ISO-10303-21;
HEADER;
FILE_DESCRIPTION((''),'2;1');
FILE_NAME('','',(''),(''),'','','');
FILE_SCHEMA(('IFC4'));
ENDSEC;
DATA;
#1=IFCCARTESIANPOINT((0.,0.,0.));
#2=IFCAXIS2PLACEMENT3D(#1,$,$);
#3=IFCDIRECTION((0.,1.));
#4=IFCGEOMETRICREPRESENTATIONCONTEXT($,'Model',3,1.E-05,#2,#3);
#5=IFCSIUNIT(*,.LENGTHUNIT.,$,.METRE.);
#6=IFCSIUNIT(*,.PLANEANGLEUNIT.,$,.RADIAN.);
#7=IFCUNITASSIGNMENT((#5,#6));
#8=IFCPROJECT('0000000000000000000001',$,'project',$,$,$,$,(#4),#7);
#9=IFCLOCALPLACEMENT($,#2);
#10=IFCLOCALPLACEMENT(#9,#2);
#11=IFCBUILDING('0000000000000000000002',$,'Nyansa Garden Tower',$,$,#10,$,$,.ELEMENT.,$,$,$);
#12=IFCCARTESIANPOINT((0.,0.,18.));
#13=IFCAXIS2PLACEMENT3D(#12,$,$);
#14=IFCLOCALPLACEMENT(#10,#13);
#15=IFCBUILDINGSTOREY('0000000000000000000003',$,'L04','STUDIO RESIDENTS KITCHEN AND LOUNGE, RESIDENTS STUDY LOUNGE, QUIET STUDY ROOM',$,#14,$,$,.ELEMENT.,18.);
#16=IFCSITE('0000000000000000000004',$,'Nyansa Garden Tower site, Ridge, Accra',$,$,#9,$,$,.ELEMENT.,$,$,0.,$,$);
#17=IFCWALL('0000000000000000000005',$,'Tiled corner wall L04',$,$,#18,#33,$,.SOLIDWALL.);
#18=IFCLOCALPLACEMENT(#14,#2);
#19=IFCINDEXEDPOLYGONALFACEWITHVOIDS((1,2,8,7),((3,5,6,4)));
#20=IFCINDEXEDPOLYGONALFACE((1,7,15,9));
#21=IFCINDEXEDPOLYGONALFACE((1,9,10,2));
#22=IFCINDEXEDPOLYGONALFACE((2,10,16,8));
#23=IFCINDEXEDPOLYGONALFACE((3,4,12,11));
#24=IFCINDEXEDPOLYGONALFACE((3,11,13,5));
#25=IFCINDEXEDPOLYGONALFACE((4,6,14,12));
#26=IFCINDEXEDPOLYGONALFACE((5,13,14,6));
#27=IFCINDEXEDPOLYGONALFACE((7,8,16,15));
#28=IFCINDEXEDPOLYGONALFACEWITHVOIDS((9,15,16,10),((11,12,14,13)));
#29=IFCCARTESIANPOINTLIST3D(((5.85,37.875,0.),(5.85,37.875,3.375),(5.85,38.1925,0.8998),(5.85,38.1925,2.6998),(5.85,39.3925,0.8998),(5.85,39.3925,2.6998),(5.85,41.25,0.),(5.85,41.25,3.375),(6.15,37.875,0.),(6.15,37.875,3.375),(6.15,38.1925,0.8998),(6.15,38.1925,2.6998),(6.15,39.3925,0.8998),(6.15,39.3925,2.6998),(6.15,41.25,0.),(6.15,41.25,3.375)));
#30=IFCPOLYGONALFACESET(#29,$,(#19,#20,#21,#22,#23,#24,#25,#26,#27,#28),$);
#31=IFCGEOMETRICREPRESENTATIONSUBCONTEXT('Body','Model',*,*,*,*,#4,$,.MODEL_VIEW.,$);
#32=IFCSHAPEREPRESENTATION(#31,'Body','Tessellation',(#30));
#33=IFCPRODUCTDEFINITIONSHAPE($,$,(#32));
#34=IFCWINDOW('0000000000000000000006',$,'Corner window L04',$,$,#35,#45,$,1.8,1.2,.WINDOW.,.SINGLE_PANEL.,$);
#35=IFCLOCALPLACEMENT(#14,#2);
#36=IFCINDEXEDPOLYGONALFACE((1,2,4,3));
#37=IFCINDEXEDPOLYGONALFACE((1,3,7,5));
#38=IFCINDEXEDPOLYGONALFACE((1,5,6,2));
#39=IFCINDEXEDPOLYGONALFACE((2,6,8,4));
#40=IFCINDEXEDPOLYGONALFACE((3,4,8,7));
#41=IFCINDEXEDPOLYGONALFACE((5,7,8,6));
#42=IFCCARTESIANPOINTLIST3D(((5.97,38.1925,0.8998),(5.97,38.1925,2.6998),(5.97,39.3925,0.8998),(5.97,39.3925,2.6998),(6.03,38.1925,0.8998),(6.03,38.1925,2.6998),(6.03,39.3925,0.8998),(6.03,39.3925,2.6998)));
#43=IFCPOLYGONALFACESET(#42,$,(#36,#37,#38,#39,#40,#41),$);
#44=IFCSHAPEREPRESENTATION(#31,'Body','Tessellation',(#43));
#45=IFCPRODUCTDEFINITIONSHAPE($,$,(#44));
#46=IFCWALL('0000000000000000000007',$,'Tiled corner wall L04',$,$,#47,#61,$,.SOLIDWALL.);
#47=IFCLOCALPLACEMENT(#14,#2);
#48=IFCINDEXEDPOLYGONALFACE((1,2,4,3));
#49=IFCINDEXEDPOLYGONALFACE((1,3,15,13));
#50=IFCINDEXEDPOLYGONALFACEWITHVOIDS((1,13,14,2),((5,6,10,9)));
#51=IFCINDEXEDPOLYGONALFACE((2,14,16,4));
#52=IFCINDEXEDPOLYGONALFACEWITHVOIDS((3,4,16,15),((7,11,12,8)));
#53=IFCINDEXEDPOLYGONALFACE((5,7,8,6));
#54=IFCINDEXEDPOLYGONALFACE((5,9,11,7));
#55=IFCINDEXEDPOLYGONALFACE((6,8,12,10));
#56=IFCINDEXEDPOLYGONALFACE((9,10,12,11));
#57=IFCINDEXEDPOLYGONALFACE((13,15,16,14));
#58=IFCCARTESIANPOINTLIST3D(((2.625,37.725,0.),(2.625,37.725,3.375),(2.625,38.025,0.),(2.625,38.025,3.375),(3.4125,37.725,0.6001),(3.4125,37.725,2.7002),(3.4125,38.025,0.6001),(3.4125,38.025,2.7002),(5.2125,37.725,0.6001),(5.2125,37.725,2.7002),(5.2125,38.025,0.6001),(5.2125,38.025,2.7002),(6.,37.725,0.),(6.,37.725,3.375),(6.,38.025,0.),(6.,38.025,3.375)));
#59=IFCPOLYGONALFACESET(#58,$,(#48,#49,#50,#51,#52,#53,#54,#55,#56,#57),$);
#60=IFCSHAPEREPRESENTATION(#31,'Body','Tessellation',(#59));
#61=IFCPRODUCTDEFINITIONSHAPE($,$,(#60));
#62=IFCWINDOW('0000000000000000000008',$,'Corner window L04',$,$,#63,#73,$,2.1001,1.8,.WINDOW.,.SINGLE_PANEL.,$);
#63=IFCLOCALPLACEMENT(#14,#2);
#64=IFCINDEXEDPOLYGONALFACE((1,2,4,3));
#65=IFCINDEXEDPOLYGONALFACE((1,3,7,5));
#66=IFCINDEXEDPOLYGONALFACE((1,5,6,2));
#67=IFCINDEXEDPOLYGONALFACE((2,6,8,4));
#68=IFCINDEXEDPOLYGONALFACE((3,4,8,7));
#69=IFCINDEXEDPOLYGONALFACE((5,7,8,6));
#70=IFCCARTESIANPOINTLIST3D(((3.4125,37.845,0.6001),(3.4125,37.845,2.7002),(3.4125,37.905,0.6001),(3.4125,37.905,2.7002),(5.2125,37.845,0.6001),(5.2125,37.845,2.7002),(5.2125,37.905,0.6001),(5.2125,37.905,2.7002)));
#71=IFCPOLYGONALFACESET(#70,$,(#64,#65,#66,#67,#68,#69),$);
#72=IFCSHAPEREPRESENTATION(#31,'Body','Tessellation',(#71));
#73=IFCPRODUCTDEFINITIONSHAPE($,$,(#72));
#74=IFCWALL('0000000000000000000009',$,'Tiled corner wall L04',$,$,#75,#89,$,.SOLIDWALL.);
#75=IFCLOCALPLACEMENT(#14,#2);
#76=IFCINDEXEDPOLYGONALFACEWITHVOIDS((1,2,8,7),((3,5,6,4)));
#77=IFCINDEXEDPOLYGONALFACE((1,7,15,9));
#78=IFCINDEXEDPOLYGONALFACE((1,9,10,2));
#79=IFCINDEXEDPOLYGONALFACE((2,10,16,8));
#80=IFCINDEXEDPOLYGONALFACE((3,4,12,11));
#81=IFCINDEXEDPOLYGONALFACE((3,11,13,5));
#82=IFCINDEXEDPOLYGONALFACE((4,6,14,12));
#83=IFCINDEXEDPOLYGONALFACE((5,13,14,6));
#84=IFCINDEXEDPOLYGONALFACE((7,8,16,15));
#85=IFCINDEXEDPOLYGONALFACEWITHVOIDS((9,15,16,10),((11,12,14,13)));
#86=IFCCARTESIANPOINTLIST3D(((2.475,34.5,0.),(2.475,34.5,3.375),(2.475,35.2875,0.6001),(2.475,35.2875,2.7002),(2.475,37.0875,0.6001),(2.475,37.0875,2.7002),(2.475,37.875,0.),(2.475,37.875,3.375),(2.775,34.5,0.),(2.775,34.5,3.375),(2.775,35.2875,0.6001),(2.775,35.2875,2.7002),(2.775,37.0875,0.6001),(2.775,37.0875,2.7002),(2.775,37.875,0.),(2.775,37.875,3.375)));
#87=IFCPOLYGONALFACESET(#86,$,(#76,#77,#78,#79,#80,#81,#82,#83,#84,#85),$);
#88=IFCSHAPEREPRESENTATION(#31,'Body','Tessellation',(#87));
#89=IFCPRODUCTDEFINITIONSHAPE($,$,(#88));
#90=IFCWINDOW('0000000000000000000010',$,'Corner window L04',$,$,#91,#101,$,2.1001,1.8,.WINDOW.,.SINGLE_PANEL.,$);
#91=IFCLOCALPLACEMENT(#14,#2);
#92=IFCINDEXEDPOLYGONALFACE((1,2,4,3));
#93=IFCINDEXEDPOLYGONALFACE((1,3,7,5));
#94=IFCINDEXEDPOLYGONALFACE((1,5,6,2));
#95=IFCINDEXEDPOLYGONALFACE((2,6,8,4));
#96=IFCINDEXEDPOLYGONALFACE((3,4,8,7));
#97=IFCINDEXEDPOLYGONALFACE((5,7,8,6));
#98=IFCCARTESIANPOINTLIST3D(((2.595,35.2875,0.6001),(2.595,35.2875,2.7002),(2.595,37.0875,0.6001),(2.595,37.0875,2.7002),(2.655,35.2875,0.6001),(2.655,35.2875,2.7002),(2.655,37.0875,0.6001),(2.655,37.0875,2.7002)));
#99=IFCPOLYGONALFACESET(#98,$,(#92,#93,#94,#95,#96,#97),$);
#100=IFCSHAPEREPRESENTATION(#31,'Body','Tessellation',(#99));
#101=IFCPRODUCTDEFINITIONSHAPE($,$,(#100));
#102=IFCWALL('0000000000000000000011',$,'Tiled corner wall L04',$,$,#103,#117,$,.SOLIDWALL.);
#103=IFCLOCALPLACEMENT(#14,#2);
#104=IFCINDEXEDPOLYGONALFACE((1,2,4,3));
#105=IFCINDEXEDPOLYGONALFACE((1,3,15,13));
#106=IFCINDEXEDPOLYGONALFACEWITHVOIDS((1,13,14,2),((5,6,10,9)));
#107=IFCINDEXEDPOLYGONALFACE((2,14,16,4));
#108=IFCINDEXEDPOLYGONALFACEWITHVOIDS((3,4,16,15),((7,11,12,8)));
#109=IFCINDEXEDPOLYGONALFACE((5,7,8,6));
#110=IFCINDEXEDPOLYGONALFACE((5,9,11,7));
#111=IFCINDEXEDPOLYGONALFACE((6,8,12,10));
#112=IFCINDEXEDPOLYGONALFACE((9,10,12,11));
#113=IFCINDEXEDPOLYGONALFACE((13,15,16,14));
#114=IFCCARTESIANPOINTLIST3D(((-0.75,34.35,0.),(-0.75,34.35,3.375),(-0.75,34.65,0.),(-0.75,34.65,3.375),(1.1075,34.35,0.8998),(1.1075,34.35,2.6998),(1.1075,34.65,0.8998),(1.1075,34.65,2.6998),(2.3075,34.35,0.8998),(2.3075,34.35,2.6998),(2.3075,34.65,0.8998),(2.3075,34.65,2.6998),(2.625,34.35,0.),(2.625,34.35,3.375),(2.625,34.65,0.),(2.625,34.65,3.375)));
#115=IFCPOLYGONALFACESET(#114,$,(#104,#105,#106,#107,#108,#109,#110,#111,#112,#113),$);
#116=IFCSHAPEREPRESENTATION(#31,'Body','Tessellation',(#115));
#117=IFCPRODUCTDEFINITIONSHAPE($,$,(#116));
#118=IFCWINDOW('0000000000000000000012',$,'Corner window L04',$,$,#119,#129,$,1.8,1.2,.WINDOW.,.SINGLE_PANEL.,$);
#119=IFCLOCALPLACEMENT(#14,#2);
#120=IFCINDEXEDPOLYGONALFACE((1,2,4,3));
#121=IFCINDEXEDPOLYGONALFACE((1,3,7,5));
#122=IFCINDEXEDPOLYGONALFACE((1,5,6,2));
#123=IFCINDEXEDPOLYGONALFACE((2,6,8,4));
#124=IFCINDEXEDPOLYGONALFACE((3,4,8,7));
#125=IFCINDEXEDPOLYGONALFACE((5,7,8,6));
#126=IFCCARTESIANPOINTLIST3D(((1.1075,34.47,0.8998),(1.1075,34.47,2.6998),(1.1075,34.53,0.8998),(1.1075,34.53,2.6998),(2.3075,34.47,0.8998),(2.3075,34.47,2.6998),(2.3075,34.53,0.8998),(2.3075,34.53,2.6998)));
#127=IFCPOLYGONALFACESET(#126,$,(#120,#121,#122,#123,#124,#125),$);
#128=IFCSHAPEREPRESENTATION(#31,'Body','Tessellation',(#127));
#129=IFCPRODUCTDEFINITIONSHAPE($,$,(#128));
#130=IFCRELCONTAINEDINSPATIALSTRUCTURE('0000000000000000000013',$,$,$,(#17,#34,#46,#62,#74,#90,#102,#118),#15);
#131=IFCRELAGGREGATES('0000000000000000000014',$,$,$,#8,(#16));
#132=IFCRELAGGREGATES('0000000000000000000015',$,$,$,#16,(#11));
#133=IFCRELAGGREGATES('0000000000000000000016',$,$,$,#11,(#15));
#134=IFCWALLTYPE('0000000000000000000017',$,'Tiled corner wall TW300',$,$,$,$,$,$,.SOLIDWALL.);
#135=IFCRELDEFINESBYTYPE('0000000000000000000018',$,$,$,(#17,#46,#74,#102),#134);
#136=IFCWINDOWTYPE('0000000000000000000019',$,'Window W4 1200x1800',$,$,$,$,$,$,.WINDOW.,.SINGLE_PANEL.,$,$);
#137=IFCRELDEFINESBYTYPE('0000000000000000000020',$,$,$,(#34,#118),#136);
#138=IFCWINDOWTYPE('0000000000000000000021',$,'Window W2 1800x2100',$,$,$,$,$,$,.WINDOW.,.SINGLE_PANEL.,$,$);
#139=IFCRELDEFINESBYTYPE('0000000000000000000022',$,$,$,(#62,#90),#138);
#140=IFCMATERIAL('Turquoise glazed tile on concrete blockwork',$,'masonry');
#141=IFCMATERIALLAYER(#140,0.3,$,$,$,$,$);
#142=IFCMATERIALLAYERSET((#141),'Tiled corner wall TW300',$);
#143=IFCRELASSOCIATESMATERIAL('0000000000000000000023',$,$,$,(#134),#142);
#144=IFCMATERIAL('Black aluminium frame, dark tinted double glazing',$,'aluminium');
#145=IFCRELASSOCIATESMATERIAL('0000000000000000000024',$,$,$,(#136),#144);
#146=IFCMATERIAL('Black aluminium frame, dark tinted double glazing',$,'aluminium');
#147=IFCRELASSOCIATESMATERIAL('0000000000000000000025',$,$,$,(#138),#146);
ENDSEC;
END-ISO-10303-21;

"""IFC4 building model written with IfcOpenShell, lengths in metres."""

from ifc_helpers import new_model, si_unit, direction, frame, frame_2d, origin, place, context, subcontext, project, spatial, rectangle, extrude, material, layer, layer_set, type_object, element, fill, save


model = new_model("IFC4")

# Units and contexts
model_context = context("Model", 3, precision=1e-05, world=origin(), true_north=direction((0.0, 1.0)))
body_context = subcontext(model_context, "Body", "Model", "MODEL_VIEW")
ifc_project = project(units=[si_unit("LENGTHUNIT", "METRE"), si_unit("PLANEANGLEUNIT", "RADIAN")], contexts=[model_context])

# Site, building, storey
site_placement = place(None, origin())
site = spatial("IfcSite", under=ifc_project, at=site_placement, Name="Nyansa Garden Tower site, Ridge, Accra", CompositionType="ELEMENT", RefElevation=0.0)
building_placement = place(site_placement, origin())
building = spatial("IfcBuilding", under=site, at=building_placement, Name="Nyansa Garden Tower", CompositionType="ELEMENT")
storey_placement = place(building_placement, frame((0.0, 0.0, 18.0)))
storey = spatial("IfcBuildingStorey", under=building, at=storey_placement, Name="L04", Description="STUDIO RESIDENTS KITCHEN AND LOUNGE, RESIDENTS STUDY LOUNGE, QUIET STUDY ROOM", CompositionType="ELEMENT", Elevation=18.0)

# Walls, openings, windows
ifc_material_1 = material(Name="Turquoise glazed tile on concrete blockwork", Category="masonry")
ifc_layer_1 = layer(ifc_material_1, 0.3)
ifc_layer_set_1 = layer_set([ifc_layer_1], Name="Tiled corner wall TW300")
wall_type_1 = type_object("IfcWallType", Name="Tiled corner wall TW300", PredefinedType="SOLIDWALL", material=ifc_layer_set_1)
wall_1_placement = place(storey_placement, frame((6.0, 41.25, 0.0), z_axis=(0.0, 0.0, 1.0), x_axis=(0.0, -1.0, 0.0)))
wall_1 = element("IfcWall", 1, at=wall_1_placement, inside=storey, type_object=wall_type_1, Name="Tiled corner wall L04", PredefinedType="SOLIDWALL", context=body_context, shape_type="SweptSolid", body=[
    extrude(rectangle(XDim=3.375, YDim=0.3, at=frame_2d((1.6875, 0.0))), origin(), (0.0, 0.0, 1.0), 3.375),
])
opening_1_placement = place(wall_1_placement, frame((1.8574, 0.0, 0.8999)))
opening_1 = element("IfcOpeningElement", 2, at=opening_1_placement, cuts=wall_1, PredefinedType="OPENING", context=body_context, shape_type="SweptSolid", body=[
    extrude(rectangle(XDim=1.2, YDim=1.8, at=frame_2d((0.6001, 0.8999))), frame((0.0, 0.1599, 0.0), z_axis=(0.0, -1.0, 0.0), x_axis=(1.0, 0.0, 0.0)), (0.0, 0.0, 1.0), 0.3201),
])
ifc_material_2 = material(Name="Black aluminium frame, dark tinted double glazing", Category="aluminium")
window_type_1 = type_object("IfcWindowType", Name="Window W4 1200x1800", PartitioningType="SINGLE_PANEL", PredefinedType="WINDOW", material=ifc_material_2)
window_1_placement = place(opening_1_placement, origin())
window_1 = element("IfcWindow", 3, at=window_1_placement, inside=storey, type_object=window_type_1, Name="Corner window L04", OverallHeight=1.8, OverallWidth=1.2, PartitioningType="SINGLE_PANEL", PredefinedType="WINDOW", context=body_context, shape_type="SweptSolid", body=[
    extrude(rectangle(XDim=1.2, YDim=1.8, at=frame_2d((0.6001, 0.8999))), frame((0.0, 0.03, 0.0), z_axis=(0.0, -1.0, 0.0), x_axis=(1.0, 0.0, 0.0)), (0.0, 0.0, 1.0), 0.0601),
])
fill(opening_1, window_1)
wall_2_placement = place(storey_placement, frame((6.0, 37.875, 0.0), z_axis=(0.0, 0.0, 1.0), x_axis=(-1.0, 0.0, 0.0)))
wall_2 = element("IfcWall", 4, at=wall_2_placement, inside=storey, type_object=wall_type_1, Name="Tiled corner wall L04", PredefinedType="SOLIDWALL", context=body_context, shape_type="SweptSolid", body=[
    extrude(rectangle(XDim=3.375, YDim=0.3, at=frame_2d((1.6875, 0.0))), origin(), (0.0, 0.0, 1.0), 3.375),
])
opening_2_placement = place(wall_2_placement, frame((0.7876, 0.0, 0.6001)))
opening_2 = element("IfcOpeningElement", 5, at=opening_2_placement, cuts=wall_2, PredefinedType="OPENING", context=body_context, shape_type="SweptSolid", body=[
    extrude(rectangle(XDim=1.8, YDim=2.1001, at=frame_2d((0.8999, 1.05))), frame((0.0, 0.1599, 0.0), z_axis=(0.0, -1.0, 0.0), x_axis=(1.0, 0.0, 0.0)), (0.0, 0.0, 1.0), 0.3201),
])
ifc_material_3 = material(Name="Black aluminium frame, dark tinted double glazing", Category="aluminium")
window_type_2 = type_object("IfcWindowType", Name="Window W2 1800x2100", PartitioningType="SINGLE_PANEL", PredefinedType="WINDOW", material=ifc_material_3)
window_2_placement = place(opening_2_placement, origin())
window_2 = element("IfcWindow", 6, at=window_2_placement, inside=storey, type_object=window_type_2, Name="Corner window L04", OverallHeight=2.1001, OverallWidth=1.8, PartitioningType="SINGLE_PANEL", PredefinedType="WINDOW", context=body_context, shape_type="SweptSolid", body=[
    extrude(rectangle(XDim=1.8, YDim=2.1001, at=frame_2d((0.8999, 1.05))), frame((0.0, 0.03, 0.0), z_axis=(0.0, -1.0, 0.0), x_axis=(1.0, 0.0, 0.0)), (0.0, 0.0, 1.0), 0.0601),
])
fill(opening_2, window_2)
wall_3_placement = place(storey_placement, frame((2.625, 37.875, 0.0), z_axis=(0.0, 0.0, 1.0), x_axis=(0.0, -1.0, 0.0)))
wall_3 = element("IfcWall", 7, at=wall_3_placement, inside=storey, type_object=wall_type_1, Name="Tiled corner wall L04", PredefinedType="SOLIDWALL", context=body_context, shape_type="SweptSolid", body=[
    extrude(rectangle(XDim=3.375, YDim=0.3, at=frame_2d((1.6875, 0.0))), origin(), (0.0, 0.0, 1.0), 3.375),
])
opening_3_placement = place(wall_3_placement, frame((0.7876, 0.0, 0.6001)))
opening_3 = element("IfcOpeningElement", 8, at=opening_3_placement, cuts=wall_3, PredefinedType="OPENING", context=body_context, shape_type="SweptSolid", body=[
    extrude(rectangle(XDim=1.8, YDim=2.1001, at=frame_2d((0.8999, 1.05))), frame((0.0, 0.1599, 0.0), z_axis=(0.0, -1.0, 0.0), x_axis=(1.0, 0.0, 0.0)), (0.0, 0.0, 1.0), 0.3201),
])
window_3_placement = place(opening_3_placement, origin())
window_3 = element("IfcWindow", 9, at=window_3_placement, inside=storey, type_object=window_type_2, Name="Corner window L04", OverallHeight=2.1001, OverallWidth=1.8, PartitioningType="SINGLE_PANEL", PredefinedType="WINDOW", context=body_context, shape_type="SweptSolid", body=[
    extrude(rectangle(XDim=1.8, YDim=2.1001, at=frame_2d((0.8999, 1.05))), frame((0.0, 0.03, 0.0), z_axis=(0.0, -1.0, 0.0), x_axis=(1.0, 0.0, 0.0)), (0.0, 0.0, 1.0), 0.0601),
])
fill(opening_3, window_3)
wall_4_placement = place(storey_placement, frame((2.625, 34.5, 0.0), z_axis=(0.0, 0.0, 1.0), x_axis=(-1.0, 0.0, 0.0)))
wall_4 = element("IfcWall", 10, at=wall_4_placement, inside=storey, type_object=wall_type_1, Name="Tiled corner wall L04", PredefinedType="SOLIDWALL", context=body_context, shape_type="SweptSolid", body=[
    extrude(rectangle(XDim=3.375, YDim=0.3, at=frame_2d((1.6875, 0.0))), origin(), (0.0, 0.0, 1.0), 3.375),
])
opening_4_placement = place(wall_4_placement, frame((0.3174, 0.0, 0.8999)))
opening_4 = element("IfcOpeningElement", 11, at=opening_4_placement, cuts=wall_4, PredefinedType="OPENING", context=body_context, shape_type="SweptSolid", body=[
    extrude(rectangle(XDim=1.2, YDim=1.8, at=frame_2d((0.6001, 0.8999))), frame((0.0, 0.1599, 0.0), z_axis=(0.0, -1.0, 0.0), x_axis=(1.0, 0.0, 0.0)), (0.0, 0.0, 1.0), 0.3201),
])
window_4_placement = place(opening_4_placement, origin())
window_4 = element("IfcWindow", 12, at=window_4_placement, inside=storey, type_object=window_type_1, Name="Corner window L04", OverallHeight=1.8, OverallWidth=1.2, PartitioningType="SINGLE_PANEL", PredefinedType="WINDOW", context=body_context, shape_type="SweptSolid", body=[
    extrude(rectangle(XDim=1.2, YDim=1.8, at=frame_2d((0.6001, 0.8999))), frame((0.0, 0.03, 0.0), z_axis=(0.0, -1.0, 0.0), x_axis=(1.0, 0.0, 0.0)), (0.0, 0.0, 1.0), 0.0601),
])
fill(opening_4, window_4)

save(model, "model.ifc")
